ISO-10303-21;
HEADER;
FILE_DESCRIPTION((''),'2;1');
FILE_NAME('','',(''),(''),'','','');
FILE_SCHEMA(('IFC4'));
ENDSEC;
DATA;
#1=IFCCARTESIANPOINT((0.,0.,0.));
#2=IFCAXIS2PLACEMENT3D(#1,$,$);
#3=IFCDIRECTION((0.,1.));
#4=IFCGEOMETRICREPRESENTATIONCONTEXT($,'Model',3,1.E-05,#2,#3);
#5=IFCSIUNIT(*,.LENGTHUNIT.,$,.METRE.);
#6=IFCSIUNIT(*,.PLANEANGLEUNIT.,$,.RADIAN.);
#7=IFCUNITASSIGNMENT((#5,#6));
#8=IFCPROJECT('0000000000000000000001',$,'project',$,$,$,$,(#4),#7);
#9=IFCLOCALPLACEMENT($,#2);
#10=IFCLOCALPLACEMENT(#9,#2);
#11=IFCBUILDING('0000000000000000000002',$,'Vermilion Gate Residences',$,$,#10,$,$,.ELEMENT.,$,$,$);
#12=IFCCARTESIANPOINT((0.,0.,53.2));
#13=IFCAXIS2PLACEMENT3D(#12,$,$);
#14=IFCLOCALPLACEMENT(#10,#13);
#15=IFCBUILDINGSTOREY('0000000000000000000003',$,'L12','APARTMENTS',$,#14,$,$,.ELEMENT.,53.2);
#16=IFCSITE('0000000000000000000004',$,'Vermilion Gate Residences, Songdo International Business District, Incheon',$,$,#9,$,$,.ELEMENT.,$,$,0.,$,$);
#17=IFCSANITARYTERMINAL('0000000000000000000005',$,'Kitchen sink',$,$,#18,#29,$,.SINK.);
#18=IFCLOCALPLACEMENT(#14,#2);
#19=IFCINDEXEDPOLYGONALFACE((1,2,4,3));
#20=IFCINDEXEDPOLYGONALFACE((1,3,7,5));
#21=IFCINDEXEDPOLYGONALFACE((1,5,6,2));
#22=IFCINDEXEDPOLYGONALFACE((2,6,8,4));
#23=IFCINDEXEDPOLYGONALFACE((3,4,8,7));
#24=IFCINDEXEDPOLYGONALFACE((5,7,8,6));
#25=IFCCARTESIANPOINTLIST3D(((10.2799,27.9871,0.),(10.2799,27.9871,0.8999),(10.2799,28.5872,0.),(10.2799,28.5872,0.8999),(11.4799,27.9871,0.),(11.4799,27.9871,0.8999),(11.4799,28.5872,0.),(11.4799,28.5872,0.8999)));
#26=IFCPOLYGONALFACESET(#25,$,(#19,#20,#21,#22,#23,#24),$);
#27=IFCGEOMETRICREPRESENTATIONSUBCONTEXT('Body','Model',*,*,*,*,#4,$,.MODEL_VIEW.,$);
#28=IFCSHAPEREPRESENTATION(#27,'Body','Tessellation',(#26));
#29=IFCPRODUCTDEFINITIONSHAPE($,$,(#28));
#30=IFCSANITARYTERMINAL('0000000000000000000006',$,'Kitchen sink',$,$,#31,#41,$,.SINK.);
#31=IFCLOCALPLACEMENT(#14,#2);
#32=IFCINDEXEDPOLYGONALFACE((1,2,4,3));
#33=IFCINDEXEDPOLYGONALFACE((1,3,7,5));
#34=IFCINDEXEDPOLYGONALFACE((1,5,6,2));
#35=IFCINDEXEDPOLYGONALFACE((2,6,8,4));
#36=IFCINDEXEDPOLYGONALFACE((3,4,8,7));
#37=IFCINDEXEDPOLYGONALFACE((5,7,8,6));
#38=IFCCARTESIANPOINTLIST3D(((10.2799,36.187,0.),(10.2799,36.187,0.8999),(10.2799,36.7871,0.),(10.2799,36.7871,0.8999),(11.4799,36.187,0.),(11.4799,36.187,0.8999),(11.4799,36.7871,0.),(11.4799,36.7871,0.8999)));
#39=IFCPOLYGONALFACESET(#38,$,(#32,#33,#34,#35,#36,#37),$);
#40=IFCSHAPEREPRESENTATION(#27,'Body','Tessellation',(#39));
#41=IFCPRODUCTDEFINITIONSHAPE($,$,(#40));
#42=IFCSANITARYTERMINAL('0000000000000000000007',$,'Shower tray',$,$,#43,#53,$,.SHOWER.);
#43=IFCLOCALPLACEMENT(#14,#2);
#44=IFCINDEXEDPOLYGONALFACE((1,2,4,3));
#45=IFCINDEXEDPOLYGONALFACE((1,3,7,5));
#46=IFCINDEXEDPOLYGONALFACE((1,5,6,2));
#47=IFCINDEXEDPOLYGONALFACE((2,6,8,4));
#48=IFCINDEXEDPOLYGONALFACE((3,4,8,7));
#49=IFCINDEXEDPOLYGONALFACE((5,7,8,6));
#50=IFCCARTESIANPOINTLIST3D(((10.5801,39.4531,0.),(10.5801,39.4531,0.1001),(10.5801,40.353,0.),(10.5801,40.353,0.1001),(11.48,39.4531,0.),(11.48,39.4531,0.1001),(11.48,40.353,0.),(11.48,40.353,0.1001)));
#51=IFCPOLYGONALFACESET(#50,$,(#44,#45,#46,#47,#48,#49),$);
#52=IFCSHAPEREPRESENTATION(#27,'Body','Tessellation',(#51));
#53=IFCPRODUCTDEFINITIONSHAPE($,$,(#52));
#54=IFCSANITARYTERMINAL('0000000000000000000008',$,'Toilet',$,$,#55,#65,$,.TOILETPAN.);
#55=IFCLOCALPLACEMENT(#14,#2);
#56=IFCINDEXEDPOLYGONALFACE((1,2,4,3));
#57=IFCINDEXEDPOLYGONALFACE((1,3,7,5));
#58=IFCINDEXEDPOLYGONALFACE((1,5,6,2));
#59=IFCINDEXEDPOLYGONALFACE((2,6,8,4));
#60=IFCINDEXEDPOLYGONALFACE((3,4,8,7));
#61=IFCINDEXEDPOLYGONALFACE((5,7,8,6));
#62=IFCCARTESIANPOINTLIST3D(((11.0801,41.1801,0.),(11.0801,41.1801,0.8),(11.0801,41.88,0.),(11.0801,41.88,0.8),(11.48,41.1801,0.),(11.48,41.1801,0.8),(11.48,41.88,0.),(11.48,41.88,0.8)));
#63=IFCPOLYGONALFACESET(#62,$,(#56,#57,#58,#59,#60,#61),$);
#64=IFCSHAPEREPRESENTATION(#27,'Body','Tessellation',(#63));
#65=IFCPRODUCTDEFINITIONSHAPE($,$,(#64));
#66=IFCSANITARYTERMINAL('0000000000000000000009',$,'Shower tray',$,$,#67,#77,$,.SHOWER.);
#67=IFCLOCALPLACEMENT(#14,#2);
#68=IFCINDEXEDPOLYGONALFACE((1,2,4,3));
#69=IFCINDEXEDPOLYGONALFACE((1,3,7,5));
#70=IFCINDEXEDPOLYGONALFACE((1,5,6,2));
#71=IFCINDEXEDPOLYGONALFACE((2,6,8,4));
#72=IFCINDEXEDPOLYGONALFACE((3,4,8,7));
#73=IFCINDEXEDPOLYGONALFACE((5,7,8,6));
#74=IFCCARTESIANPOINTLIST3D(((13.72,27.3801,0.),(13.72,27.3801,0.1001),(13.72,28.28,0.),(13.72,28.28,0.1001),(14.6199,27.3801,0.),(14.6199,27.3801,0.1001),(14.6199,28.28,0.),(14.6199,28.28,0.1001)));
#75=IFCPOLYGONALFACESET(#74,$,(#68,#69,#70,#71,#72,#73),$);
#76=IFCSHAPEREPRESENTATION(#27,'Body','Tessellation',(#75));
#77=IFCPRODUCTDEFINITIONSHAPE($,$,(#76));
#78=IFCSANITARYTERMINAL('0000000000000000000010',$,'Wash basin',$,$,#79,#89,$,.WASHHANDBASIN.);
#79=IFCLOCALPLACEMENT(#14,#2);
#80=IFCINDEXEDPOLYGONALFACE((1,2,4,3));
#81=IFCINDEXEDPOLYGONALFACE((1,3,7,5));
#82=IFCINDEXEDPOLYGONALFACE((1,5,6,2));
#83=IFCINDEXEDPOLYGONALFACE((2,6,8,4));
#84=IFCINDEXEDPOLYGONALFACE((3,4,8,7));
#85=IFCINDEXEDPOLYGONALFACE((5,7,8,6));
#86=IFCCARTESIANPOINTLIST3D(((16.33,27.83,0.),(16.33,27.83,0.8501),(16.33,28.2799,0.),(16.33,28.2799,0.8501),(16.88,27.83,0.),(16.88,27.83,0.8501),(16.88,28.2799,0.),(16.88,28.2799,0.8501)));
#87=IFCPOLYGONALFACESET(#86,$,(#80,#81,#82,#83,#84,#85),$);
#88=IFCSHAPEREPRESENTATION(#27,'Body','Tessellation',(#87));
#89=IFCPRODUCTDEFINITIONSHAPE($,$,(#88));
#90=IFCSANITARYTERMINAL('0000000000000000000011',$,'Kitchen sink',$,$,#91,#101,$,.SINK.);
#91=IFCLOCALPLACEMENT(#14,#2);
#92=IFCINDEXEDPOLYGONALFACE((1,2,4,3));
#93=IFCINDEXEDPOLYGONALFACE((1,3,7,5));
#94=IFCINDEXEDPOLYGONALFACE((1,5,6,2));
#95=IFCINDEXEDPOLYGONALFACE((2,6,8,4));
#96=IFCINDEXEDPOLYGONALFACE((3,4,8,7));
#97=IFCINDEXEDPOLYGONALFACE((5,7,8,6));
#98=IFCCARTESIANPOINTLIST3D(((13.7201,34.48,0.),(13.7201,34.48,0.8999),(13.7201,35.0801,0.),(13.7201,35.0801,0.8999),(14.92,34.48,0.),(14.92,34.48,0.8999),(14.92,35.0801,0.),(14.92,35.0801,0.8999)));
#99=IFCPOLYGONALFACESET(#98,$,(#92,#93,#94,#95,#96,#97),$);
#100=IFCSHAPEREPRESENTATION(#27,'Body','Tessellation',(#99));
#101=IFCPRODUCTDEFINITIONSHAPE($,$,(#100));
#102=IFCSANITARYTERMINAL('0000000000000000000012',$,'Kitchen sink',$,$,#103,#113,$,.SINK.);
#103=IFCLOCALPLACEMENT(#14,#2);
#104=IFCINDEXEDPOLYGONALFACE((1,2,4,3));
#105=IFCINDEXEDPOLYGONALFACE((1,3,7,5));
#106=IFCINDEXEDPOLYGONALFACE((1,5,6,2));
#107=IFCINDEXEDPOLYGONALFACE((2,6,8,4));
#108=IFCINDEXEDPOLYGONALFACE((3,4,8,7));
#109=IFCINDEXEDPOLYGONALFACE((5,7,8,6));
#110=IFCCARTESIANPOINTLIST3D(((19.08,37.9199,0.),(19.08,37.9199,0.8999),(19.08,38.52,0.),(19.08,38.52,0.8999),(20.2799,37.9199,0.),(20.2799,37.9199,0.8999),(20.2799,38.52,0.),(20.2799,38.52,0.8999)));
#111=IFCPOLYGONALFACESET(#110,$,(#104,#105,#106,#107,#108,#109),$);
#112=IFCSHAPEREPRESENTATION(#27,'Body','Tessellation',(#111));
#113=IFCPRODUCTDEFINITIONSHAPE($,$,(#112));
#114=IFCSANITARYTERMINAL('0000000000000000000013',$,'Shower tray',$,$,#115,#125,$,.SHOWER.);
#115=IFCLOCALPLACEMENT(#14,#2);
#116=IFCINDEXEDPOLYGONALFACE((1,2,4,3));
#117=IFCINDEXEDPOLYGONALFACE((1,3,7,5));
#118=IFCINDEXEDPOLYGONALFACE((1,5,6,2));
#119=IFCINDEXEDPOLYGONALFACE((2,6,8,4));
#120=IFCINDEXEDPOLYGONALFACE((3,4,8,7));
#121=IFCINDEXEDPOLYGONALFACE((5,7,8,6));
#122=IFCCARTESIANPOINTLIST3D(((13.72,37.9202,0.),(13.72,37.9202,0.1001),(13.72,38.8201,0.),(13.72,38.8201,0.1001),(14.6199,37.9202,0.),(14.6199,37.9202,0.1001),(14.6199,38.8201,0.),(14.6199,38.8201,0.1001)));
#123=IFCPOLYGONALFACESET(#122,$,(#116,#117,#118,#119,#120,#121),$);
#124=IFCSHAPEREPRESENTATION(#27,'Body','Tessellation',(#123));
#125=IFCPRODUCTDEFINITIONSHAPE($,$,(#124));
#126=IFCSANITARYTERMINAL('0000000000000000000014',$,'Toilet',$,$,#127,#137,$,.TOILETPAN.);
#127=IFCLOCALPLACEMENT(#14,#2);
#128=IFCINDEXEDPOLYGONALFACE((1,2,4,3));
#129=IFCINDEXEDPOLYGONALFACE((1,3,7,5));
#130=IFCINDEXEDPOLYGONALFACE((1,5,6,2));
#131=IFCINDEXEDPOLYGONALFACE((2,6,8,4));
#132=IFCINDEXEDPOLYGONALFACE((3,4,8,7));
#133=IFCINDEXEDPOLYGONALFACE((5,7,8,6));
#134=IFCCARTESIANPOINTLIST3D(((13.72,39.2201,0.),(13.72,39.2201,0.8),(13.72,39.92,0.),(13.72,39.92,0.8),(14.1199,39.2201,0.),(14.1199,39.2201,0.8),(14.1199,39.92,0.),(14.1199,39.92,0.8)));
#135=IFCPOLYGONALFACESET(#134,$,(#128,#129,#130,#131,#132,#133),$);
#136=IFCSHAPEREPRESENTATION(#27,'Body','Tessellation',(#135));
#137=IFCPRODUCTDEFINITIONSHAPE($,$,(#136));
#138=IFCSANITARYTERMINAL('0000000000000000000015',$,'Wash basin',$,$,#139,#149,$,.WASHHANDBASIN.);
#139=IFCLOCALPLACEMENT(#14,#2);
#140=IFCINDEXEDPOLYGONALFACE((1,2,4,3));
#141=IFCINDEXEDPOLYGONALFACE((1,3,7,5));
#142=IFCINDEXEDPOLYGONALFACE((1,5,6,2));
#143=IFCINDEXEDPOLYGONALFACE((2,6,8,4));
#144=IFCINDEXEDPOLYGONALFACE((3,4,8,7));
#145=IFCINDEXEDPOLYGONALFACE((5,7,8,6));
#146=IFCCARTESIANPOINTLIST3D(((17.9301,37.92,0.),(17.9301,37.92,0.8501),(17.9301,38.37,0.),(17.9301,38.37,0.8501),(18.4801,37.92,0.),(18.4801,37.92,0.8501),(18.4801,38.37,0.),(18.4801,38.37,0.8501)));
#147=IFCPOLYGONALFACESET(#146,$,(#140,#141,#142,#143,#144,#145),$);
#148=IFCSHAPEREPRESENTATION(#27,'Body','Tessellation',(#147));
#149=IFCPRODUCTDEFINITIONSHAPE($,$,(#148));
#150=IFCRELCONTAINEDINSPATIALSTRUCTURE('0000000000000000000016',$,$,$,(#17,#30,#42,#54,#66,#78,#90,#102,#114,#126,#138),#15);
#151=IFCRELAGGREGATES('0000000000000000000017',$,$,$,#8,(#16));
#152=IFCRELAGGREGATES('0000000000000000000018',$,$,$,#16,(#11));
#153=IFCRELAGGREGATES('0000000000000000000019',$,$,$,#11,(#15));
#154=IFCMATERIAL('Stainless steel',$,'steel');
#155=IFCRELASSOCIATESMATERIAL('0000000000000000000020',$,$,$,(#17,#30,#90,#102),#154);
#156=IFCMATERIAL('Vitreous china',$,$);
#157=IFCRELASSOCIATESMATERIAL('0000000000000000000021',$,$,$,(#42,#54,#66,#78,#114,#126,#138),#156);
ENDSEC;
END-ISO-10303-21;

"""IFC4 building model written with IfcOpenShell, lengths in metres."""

from ifc_helpers import new_model, si_unit, direction, frame, origin, origin_2d, place, context, subcontext, project, spatial, rectangle, extrude, material, element, save


model = new_model("IFC4")

# Units and contexts
model_context = context("Model", 3, precision=1e-05, world=origin(), true_north=direction((0.0, 1.0)))
body_context = subcontext(model_context, "Body", "Model", "MODEL_VIEW")
ifc_project = project(units=[si_unit("LENGTHUNIT", "METRE"), si_unit("PLANEANGLEUNIT", "RADIAN")], contexts=[model_context])

# Site, building, storey
site_placement = place(None, origin())
site = spatial("IfcSite", under=ifc_project, at=site_placement, Name="Vermilion Gate Residences, Songdo International Business District, Incheon", CompositionType="ELEMENT", RefElevation=0.0)
building_placement = place(site_placement, origin())
building = spatial("IfcBuilding", under=site, at=building_placement, Name="Vermilion Gate Residences", CompositionType="ELEMENT")
storey_placement = place(building_placement, frame((0.0, 0.0, 53.2)))
storey = spatial("IfcBuildingStorey", under=building, at=storey_placement, Name="L12", Description="APARTMENTS", CompositionType="ELEMENT", Elevation=53.2)

# Sanitary terminals
ifc_material_1 = material(Name="Stainless steel", Category="steel")
for number, where, z_axis, x_axis, name in (
    (1, (10.8799, 28.2871, 0.0), (0.0, 0.0, 1.0), (1.0, 0.0, 0.0), "Kitchen sink"),
    (2, (10.8799, 36.4871, 0.0), (0.0, 0.0, 1.0), (1.0, 0.0, 0.0), "Kitchen sink"),
):
    element("IfcSanitaryTerminal", number, at=place(storey_placement, frame(where, z_axis=z_axis, x_axis=x_axis)), inside=storey, material=ifc_material_1, Name=name, PredefinedType="SINK", context=body_context, shape_type="SweptSolid", body=[
        extrude(rectangle(XDim=1.2, YDim=0.6001, at=origin_2d()), origin(), (0.0, 0.0, 1.0), 0.8999),
    ])
ifc_material_2 = material(Name="Vitreous china")
sanitary_terminal_1_placement = place(storey_placement, frame((11.03, 39.9031, 0.0), z_axis=(0.0, 0.0, 1.0), x_axis=(1.0, 0.0, 0.0)))
element("IfcSanitaryTerminal", 3, at=sanitary_terminal_1_placement, inside=storey, material=ifc_material_2, Name="Shower tray", PredefinedType="SHOWER", context=body_context, shape_type="SweptSolid", body=[
    extrude(rectangle(XDim=0.8999, YDim=0.8999, at=origin_2d()), origin(), (0.0, 0.0, 1.0), 0.1001),
])
sanitary_terminal_2_placement = place(storey_placement, frame((11.28, 41.53, 0.0), z_axis=(0.0, 0.0, 1.0), x_axis=(1.0, 0.0, 0.0)))
element("IfcSanitaryTerminal", 4, at=sanitary_terminal_2_placement, inside=storey, material=ifc_material_2, Name="Toilet", PredefinedType="TOILETPAN", context=body_context, shape_type="SweptSolid", body=[
    extrude(rectangle(XDim=0.3999, YDim=0.7, at=origin_2d()), origin(), (0.0, 0.0, 1.0), 0.8),
])
sanitary_terminal_3_placement = place(storey_placement, frame((14.1699, 27.8301, 0.0), z_axis=(0.0, 0.0, 1.0), x_axis=(1.0, 0.0, 0.0)))
element("IfcSanitaryTerminal", 5, at=sanitary_terminal_3_placement, inside=storey, material=ifc_material_2, Name="Shower tray", PredefinedType="SHOWER", context=body_context, shape_type="SweptSolid", body=[
    extrude(rectangle(XDim=0.8999, YDim=0.8999, at=origin_2d()), origin(), (0.0, 0.0, 1.0), 0.1001),
])
sanitary_terminal_4_placement = place(storey_placement, frame((16.605, 28.0549, 0.0), z_axis=(0.0, 0.0, 1.0), x_axis=(1.0, 0.0, 0.0)))
element("IfcSanitaryTerminal", 6, at=sanitary_terminal_4_placement, inside=storey, material=ifc_material_2, Name="Wash basin", PredefinedType="WASHHANDBASIN", context=body_context, shape_type="SweptSolid", body=[
    extrude(rectangle(XDim=0.55, YDim=0.45, at=origin_2d()), origin(), (0.0, 0.0, 1.0), 0.8501),
])
for number, where, z_axis, x_axis, name in (
    (7, (14.3201, 34.78, 0.0), (0.0, 0.0, 1.0), (1.0, 0.0, 0.0), "Kitchen sink"),
    (8, (19.6799, 38.22, 0.0), (0.0, 0.0, 1.0), (1.0, 0.0, 0.0), "Kitchen sink"),
):
    element("IfcSanitaryTerminal", number, at=place(storey_placement, frame(where, z_axis=z_axis, x_axis=x_axis)), inside=storey, material=ifc_material_1, Name=name, PredefinedType="SINK", context=body_context, shape_type="SweptSolid", body=[
        extrude(rectangle(XDim=1.2, YDim=0.6001, at=origin_2d()), origin(), (0.0, 0.0, 1.0), 0.8999),
    ])
sanitary_terminal_5_placement = place(storey_placement, frame((14.1699, 38.3701, 0.0), z_axis=(0.0, 0.0, 1.0), x_axis=(1.0, 0.0, 0.0)))
element("IfcSanitaryTerminal", 9, at=sanitary_terminal_5_placement, inside=storey, material=ifc_material_2, Name="Shower tray", PredefinedType="SHOWER", context=body_context, shape_type="SweptSolid", body=[
    extrude(rectangle(XDim=0.8999, YDim=0.8999, at=origin_2d()), origin(), (0.0, 0.0, 1.0), 0.1001),
])
sanitary_terminal_6_placement = place(storey_placement, frame((13.9199, 39.5701, 0.0), z_axis=(0.0, 0.0, 1.0), x_axis=(1.0, 0.0, 0.0)))
element("IfcSanitaryTerminal", 10, at=sanitary_terminal_6_placement, inside=storey, material=ifc_material_2, Name="Toilet", PredefinedType="TOILETPAN", context=body_context, shape_type="SweptSolid", body=[
    extrude(rectangle(XDim=0.3999, YDim=0.7, at=origin_2d()), origin(), (0.0, 0.0, 1.0), 0.8),
])
sanitary_terminal_7_placement = place(storey_placement, frame((18.2051, 38.145, 0.0), z_axis=(0.0, 0.0, 1.0), x_axis=(1.0, 0.0, 0.0)))
element("IfcSanitaryTerminal", 11, at=sanitary_terminal_7_placement, inside=storey, material=ifc_material_2, Name="Wash basin", PredefinedType="WASHHANDBASIN", context=body_context, shape_type="SweptSolid", body=[
    extrude(rectangle(XDim=0.55, YDim=0.45, at=origin_2d()), origin(), (0.0, 0.0, 1.0), 0.8501),
])

save(model, "model.ifc")
